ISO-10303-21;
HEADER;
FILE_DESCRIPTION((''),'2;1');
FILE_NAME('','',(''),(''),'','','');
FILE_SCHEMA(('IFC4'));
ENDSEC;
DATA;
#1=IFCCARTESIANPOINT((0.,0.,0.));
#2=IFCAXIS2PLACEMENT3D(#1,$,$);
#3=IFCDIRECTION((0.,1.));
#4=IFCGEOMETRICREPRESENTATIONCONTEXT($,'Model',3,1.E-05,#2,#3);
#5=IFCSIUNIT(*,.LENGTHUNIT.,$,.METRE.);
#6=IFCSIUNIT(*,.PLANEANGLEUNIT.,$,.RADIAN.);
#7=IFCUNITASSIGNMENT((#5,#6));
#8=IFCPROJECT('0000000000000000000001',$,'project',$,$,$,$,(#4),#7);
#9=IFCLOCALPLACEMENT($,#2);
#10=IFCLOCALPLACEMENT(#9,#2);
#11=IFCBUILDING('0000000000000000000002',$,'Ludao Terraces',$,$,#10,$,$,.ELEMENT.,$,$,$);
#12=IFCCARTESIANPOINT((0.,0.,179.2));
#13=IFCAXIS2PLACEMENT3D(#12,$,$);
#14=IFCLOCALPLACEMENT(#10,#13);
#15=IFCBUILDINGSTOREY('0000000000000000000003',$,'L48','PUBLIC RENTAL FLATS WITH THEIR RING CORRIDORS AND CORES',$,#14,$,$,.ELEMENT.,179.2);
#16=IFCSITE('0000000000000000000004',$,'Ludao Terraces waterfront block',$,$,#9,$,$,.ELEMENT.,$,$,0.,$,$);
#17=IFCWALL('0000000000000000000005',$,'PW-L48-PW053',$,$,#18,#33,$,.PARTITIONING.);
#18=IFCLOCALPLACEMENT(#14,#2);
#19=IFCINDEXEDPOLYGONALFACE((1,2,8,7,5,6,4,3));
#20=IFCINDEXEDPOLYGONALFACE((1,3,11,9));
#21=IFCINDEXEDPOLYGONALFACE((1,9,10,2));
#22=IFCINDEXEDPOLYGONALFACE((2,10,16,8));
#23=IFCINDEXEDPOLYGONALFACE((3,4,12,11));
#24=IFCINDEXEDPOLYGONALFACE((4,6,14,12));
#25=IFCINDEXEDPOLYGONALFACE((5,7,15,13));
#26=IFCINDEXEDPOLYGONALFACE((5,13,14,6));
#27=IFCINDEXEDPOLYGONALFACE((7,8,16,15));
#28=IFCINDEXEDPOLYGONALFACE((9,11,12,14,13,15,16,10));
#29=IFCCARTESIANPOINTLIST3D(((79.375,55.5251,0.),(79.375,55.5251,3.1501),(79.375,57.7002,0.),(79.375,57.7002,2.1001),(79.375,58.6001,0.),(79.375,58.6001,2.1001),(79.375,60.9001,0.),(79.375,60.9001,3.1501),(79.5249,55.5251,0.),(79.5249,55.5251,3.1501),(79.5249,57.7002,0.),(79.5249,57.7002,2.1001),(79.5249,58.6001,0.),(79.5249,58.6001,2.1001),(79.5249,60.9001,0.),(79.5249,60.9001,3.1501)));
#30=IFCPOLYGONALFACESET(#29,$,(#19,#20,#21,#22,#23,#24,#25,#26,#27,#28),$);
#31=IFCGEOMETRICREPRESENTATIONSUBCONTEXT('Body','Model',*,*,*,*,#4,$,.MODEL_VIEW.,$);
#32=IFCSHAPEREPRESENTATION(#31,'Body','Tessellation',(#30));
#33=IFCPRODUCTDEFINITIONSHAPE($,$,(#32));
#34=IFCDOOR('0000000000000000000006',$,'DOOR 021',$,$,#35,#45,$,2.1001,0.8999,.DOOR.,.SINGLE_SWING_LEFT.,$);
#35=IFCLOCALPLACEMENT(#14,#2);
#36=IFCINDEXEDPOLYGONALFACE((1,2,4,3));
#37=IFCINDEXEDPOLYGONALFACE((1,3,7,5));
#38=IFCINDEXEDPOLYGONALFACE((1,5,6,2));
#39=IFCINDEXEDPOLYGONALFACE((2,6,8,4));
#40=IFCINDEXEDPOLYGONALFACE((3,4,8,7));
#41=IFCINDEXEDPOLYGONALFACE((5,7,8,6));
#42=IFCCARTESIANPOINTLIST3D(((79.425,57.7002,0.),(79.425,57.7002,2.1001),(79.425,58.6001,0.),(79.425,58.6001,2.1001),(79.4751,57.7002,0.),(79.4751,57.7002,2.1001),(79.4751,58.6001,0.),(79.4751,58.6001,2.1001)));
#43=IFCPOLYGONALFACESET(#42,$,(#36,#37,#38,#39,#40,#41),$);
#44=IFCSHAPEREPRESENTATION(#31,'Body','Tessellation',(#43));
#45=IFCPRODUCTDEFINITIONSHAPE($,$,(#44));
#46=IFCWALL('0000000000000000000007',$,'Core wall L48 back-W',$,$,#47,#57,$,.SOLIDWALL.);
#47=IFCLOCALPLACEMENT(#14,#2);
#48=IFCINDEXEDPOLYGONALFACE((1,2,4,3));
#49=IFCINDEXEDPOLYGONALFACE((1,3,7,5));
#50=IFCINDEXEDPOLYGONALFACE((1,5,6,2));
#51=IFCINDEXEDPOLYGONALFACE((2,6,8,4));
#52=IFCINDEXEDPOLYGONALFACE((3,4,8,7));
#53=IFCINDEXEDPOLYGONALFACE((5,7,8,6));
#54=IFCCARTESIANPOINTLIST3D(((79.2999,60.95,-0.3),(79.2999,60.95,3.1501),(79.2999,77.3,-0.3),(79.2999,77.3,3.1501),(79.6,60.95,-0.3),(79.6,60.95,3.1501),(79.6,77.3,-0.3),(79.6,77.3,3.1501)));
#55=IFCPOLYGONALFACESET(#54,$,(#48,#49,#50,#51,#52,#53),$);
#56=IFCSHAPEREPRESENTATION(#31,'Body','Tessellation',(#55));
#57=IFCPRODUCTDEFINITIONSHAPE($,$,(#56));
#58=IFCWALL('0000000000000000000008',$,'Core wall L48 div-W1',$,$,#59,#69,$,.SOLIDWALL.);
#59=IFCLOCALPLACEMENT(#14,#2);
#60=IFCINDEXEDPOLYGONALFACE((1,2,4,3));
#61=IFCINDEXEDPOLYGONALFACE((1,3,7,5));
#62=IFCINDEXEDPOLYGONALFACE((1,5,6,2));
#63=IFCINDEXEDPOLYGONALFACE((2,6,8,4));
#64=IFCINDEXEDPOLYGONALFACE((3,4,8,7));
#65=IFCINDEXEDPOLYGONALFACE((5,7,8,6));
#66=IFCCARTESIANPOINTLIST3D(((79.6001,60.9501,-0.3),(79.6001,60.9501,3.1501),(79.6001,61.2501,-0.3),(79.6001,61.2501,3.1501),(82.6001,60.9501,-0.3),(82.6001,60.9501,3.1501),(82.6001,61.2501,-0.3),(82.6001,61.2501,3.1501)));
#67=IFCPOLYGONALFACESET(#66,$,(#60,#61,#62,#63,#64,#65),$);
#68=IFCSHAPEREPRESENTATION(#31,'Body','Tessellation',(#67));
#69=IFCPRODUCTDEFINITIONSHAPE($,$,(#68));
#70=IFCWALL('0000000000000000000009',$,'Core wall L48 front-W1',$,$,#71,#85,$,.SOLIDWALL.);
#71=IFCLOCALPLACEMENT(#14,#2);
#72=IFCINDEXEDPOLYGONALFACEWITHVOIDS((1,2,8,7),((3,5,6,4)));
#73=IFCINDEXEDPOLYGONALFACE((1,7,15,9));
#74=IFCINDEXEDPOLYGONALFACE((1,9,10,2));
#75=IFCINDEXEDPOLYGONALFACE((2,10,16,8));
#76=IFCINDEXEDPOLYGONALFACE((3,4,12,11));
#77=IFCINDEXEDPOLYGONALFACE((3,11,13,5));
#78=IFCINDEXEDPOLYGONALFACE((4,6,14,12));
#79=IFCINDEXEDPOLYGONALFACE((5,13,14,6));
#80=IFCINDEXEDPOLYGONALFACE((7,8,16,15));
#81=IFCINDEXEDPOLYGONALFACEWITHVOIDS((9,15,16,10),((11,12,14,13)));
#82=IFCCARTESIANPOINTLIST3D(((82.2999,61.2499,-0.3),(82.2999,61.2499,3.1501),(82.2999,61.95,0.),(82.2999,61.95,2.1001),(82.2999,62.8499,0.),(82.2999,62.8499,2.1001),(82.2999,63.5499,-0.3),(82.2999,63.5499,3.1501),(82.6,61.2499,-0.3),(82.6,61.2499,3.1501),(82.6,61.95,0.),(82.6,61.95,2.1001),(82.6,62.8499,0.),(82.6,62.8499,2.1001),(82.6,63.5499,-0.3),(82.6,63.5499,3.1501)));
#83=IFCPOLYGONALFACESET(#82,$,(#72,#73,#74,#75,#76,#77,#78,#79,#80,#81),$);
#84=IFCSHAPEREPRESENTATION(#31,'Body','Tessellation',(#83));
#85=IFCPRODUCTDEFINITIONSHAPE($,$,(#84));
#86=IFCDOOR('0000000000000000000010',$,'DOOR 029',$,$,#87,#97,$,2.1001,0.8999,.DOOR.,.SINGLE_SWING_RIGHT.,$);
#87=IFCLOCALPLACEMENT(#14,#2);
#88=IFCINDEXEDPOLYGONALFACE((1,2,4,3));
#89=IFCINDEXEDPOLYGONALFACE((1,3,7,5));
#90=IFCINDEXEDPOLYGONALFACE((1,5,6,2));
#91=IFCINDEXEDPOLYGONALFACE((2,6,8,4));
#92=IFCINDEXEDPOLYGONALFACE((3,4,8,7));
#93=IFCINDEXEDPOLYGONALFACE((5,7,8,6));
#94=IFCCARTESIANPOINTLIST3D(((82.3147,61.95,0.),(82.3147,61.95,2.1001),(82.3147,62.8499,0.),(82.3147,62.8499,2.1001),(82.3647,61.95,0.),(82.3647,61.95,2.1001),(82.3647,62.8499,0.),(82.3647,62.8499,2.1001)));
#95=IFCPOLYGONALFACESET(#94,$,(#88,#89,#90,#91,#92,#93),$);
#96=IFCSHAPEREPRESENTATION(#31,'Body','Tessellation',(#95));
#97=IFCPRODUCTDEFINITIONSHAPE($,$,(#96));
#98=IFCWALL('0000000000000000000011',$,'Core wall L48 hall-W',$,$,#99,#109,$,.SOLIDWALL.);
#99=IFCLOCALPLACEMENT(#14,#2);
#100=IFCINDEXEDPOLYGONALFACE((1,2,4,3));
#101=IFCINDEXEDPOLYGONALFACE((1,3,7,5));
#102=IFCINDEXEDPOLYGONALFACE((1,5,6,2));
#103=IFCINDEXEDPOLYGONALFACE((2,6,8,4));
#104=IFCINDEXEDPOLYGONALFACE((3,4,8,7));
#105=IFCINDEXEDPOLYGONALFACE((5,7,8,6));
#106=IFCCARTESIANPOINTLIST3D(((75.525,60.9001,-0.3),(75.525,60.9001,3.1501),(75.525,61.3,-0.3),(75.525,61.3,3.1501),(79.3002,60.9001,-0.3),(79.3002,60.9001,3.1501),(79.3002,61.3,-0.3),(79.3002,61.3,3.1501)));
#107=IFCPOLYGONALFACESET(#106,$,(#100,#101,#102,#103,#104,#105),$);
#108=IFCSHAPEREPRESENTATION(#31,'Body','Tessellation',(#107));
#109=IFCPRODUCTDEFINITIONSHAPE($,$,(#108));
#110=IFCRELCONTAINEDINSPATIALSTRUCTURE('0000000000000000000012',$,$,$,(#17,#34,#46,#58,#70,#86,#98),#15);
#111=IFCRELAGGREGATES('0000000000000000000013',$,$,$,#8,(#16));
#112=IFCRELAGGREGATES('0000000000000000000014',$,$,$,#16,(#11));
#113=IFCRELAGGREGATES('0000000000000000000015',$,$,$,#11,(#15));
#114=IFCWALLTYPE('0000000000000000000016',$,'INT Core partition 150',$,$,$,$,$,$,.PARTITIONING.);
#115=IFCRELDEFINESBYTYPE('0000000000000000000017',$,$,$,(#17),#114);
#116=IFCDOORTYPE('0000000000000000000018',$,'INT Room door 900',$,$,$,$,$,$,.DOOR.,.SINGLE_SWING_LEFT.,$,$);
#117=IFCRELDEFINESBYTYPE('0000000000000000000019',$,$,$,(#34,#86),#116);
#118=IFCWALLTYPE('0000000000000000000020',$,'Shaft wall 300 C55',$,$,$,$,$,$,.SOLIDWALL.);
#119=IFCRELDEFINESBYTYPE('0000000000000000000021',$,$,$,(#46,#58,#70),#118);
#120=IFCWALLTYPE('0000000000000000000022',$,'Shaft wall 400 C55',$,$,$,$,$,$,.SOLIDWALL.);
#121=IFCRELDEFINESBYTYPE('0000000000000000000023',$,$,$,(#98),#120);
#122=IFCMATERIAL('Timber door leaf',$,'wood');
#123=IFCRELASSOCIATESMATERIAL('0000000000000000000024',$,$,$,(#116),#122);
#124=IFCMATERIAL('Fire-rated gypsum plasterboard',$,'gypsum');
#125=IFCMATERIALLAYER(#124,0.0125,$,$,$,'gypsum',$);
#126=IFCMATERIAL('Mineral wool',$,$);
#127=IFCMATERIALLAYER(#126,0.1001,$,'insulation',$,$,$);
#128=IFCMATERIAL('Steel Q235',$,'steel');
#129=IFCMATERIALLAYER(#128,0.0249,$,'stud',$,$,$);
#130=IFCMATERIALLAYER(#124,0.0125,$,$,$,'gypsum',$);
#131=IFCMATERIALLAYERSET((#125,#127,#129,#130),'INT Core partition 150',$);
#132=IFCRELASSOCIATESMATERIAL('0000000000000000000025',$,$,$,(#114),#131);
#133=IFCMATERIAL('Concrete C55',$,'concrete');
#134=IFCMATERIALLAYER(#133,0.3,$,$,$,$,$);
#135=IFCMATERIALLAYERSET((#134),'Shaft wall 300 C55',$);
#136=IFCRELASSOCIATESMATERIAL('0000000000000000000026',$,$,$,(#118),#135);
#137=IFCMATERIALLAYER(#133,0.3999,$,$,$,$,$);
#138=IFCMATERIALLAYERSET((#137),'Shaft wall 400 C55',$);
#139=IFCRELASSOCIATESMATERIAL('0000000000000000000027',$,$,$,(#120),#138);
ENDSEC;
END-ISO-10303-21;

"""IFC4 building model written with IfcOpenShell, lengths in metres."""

from ifc_helpers import new_model, si_unit, direction, frame, frame_2d, origin, place, context, subcontext, project, spatial, rectangle, extrude, material, layer, layer_set, type_object, element, fill, save


model = new_model("IFC4")

# Units and contexts
model_context = context("Model", 3, precision=1e-05, world=origin(), true_north=direction((0.0, 1.0)))
body_context = subcontext(model_context, "Body", "Model", "MODEL_VIEW")
ifc_project = project(units=[si_unit("LENGTHUNIT", "METRE"), si_unit("PLANEANGLEUNIT", "RADIAN")], contexts=[model_context])

# Site, building, storey
site_placement = place(None, origin())
site = spatial("IfcSite", under=ifc_project, at=site_placement, Name="Ludao Terraces waterfront block", CompositionType="ELEMENT", RefElevation=0.0)
building_placement = place(site_placement, origin())
building = spatial("IfcBuilding", under=site, at=building_placement, Name="Ludao Terraces", CompositionType="ELEMENT")
storey_placement = place(building_placement, frame((0.0, 0.0, 179.2)))
storey = spatial("IfcBuildingStorey", under=building, at=storey_placement, Name="L48", Description="PUBLIC RENTAL FLATS WITH THEIR RING CORRIDORS AND CORES", CompositionType="ELEMENT", Elevation=179.2)

# Shared definitions
ifc_material_1 = material(Name="Steel Q235", Category="steel")
ifc_material_2 = material(Name="Timber door leaf", Category="wood")
door_type_1 = type_object("IfcDoorType", Name="INT Room door 900", OperationType="SINGLE_SWING_LEFT", PredefinedType="DOOR", material=ifc_material_2)

# Wall, opening, door
ifc_material_3 = material(Name="Fire-rated gypsum plasterboard", Category="gypsum")
ifc_layer_1 = layer(ifc_material_3, 0.0125, Category="gypsum")
ifc_material_4 = material(Name="Mineral wool")
ifc_layer_2 = layer(ifc_material_4, 0.1001, Name="insulation")
ifc_layer_3 = layer(ifc_material_1, 0.0249, Name="stud")
ifc_layer_4 = layer(ifc_material_3, 0.0125, Category="gypsum")
ifc_layer_set_1 = layer_set([ifc_layer_1, ifc_layer_2, ifc_layer_3, ifc_layer_4], Name="INT Core partition 150")
wall_type_1 = type_object("IfcWallType", Name="INT Core partition 150", PredefinedType="PARTITIONING", material=ifc_layer_set_1)
wall_1_placement = place(storey_placement, frame((79.45, 55.5251, 0.0), z_axis=(0.0, 0.0, 1.0), x_axis=(0.0, 1.0, 0.0)))
wall_1 = element("IfcWall", 1, at=wall_1_placement, inside=storey, type_object=wall_type_1, Name="PW-L48-PW053", PredefinedType="PARTITIONING", context=body_context, shape_type="SweptSolid", body=[
    extrude(rectangle(XDim=5.375, YDim=0.1499, at=frame_2d((2.6875, 0.0))), origin(), (0.0, 0.0, 1.0), 3.1501),
])
opening_1_placement = place(wall_1_placement, frame((2.175, 0.0, 0.0)))
opening_1 = element("IfcOpeningElement", 2, at=opening_1_placement, cuts=wall_1, PredefinedType="OPENING", context=body_context, shape_type="SweptSolid", body=[
    extrude(rectangle(XDim=0.8999, YDim=2.1001, at=frame_2d((0.45, 1.05))), frame((0.0, 0.085, 0.0), z_axis=(0.0, -1.0, 0.0), x_axis=(1.0, 0.0, 0.0)), (0.0, 0.0, 1.0), 0.1699),
])
door_1_placement = place(opening_1_placement, origin())
door_1 = element("IfcDoor", 3, at=door_1_placement, inside=storey, type_object=door_type_1, Name="DOOR 021", OperationType="SINGLE_SWING_LEFT", OverallHeight=2.1001, OverallWidth=0.8999, PredefinedType="DOOR", context=body_context, shape_type="SweptSolid", body=[
    extrude(rectangle(XDim=0.8999, YDim=2.1001, at=frame_2d((0.45, 1.05))), frame((0.0, 0.0249, 0.0), z_axis=(0.0, -1.0, 0.0), x_axis=(1.0, 0.0, 0.0)), (0.0, 0.0, 1.0), 0.05),
])
fill(opening_1, door_1)

# Walls
ifc_material_5 = material(Name="Concrete C55", Category="concrete")
ifc_layer_5 = layer(ifc_material_5, 0.3)
ifc_layer_set_2 = layer_set([ifc_layer_5], Name="Shaft wall 300 C55")
wall_type_2 = type_object("IfcWallType", Name="Shaft wall 300 C55", PredefinedType="SOLIDWALL", material=ifc_layer_set_2)
wall_2_placement = place(storey_placement, frame((79.45, 60.95, -0.3), z_axis=(0.0, 0.0, 1.0), x_axis=(0.0, 1.0, 0.0)))
element("IfcWall", 4, at=wall_2_placement, inside=storey, type_object=wall_type_2, Name="Core wall L48 back-W", PredefinedType="SOLIDWALL", context=body_context, shape_type="SweptSolid", body=[
    extrude(rectangle(XDim=16.3501, YDim=0.3, at=frame_2d((8.175, 0.0))), origin(), (0.0, 0.0, 1.0), 3.4502),
])
wall_3_placement = place(storey_placement, frame((79.6001, 61.1001, -0.3), z_axis=(0.0, 0.0, 1.0), x_axis=(1.0, 0.0, 0.0)))
element("IfcWall", 5, at=wall_3_placement, inside=storey, type_object=wall_type_2, Name="Core wall L48 div-W1", PredefinedType="SOLIDWALL", context=body_context, shape_type="SweptSolid", body=[
    extrude(rectangle(XDim=3.0, YDim=0.3, at=frame_2d((1.5, 0.0))), origin(), (0.0, 0.0, 1.0), 3.4502),
])

# Wall, opening, door
wall_4_placement = place(storey_placement, frame((82.45, 61.25, -0.3), z_axis=(0.0, 0.0, 1.0), x_axis=(0.0, 1.0, 0.0)))
wall_4 = element("IfcWall", 6, at=wall_4_placement, inside=storey, type_object=wall_type_2, Name="Core wall L48 front-W1", PredefinedType="SOLIDWALL", context=body_context, shape_type="SweptSolid", body=[
    extrude(rectangle(XDim=2.3, YDim=0.3, at=frame_2d((1.1499, 0.0))), origin(), (0.0, 0.0, 1.0), 3.4502),
])
opening_2_placement = place(wall_4_placement, frame((0.7, 0.0, 0.3)))
opening_2 = element("IfcOpeningElement", 7, at=opening_2_placement, cuts=wall_4, PredefinedType="OPENING", context=body_context, shape_type="SweptSolid", body=[
    extrude(rectangle(XDim=0.8999, YDim=2.1001, at=frame_2d((0.45, 1.05))), frame((0.0, 0.1602, 0.0), z_axis=(0.0, -1.0, 0.0), x_axis=(1.0, 0.0, 0.0)), (0.0, 0.0, 1.0), 0.3201),
])
door_2_placement = place(opening_2_placement, origin())
door_2 = element("IfcDoor", 8, at=door_2_placement, inside=storey, type_object=door_type_1, Name="DOOR 029", OperationType="SINGLE_SWING_RIGHT", OverallHeight=2.1001, OverallWidth=0.8999, PredefinedType="DOOR", context=body_context, shape_type="SweptSolid", body=[
    extrude(rectangle(XDim=0.8999, YDim=2.1001, at=frame_2d((0.45, 1.05))), frame((0.0, 0.1353, 0.0), z_axis=(0.0, -1.0, 0.0), x_axis=(1.0, 0.0, 0.0)), (0.0, 0.0, 1.0), 0.05),
])
fill(opening_2, door_2)

# Wall
ifc_layer_6 = layer(ifc_material_5, 0.3999)
ifc_layer_set_3 = layer_set([ifc_layer_6], Name="Shaft wall 400 C55")
wall_type_3 = type_object("IfcWallType", Name="Shaft wall 400 C55", PredefinedType="SOLIDWALL", material=ifc_layer_set_3)
wall_5_placement = place(storey_placement, frame((75.5249, 61.1001, -0.3), z_axis=(0.0, 0.0, 1.0), x_axis=(1.0, 0.0, 0.0)))
element("IfcWall", 9, at=wall_5_placement, inside=storey, type_object=wall_type_3, Name="Core wall L48 hall-W", PredefinedType="SOLIDWALL", context=body_context, shape_type="SweptSolid", body=[
    extrude(rectangle(XDim=3.7751, YDim=0.3999, at=frame_2d((1.8877, 0.0))), origin(), (0.0, 0.0, 1.0), 3.4502),
])

save(model, "model.ifc")
